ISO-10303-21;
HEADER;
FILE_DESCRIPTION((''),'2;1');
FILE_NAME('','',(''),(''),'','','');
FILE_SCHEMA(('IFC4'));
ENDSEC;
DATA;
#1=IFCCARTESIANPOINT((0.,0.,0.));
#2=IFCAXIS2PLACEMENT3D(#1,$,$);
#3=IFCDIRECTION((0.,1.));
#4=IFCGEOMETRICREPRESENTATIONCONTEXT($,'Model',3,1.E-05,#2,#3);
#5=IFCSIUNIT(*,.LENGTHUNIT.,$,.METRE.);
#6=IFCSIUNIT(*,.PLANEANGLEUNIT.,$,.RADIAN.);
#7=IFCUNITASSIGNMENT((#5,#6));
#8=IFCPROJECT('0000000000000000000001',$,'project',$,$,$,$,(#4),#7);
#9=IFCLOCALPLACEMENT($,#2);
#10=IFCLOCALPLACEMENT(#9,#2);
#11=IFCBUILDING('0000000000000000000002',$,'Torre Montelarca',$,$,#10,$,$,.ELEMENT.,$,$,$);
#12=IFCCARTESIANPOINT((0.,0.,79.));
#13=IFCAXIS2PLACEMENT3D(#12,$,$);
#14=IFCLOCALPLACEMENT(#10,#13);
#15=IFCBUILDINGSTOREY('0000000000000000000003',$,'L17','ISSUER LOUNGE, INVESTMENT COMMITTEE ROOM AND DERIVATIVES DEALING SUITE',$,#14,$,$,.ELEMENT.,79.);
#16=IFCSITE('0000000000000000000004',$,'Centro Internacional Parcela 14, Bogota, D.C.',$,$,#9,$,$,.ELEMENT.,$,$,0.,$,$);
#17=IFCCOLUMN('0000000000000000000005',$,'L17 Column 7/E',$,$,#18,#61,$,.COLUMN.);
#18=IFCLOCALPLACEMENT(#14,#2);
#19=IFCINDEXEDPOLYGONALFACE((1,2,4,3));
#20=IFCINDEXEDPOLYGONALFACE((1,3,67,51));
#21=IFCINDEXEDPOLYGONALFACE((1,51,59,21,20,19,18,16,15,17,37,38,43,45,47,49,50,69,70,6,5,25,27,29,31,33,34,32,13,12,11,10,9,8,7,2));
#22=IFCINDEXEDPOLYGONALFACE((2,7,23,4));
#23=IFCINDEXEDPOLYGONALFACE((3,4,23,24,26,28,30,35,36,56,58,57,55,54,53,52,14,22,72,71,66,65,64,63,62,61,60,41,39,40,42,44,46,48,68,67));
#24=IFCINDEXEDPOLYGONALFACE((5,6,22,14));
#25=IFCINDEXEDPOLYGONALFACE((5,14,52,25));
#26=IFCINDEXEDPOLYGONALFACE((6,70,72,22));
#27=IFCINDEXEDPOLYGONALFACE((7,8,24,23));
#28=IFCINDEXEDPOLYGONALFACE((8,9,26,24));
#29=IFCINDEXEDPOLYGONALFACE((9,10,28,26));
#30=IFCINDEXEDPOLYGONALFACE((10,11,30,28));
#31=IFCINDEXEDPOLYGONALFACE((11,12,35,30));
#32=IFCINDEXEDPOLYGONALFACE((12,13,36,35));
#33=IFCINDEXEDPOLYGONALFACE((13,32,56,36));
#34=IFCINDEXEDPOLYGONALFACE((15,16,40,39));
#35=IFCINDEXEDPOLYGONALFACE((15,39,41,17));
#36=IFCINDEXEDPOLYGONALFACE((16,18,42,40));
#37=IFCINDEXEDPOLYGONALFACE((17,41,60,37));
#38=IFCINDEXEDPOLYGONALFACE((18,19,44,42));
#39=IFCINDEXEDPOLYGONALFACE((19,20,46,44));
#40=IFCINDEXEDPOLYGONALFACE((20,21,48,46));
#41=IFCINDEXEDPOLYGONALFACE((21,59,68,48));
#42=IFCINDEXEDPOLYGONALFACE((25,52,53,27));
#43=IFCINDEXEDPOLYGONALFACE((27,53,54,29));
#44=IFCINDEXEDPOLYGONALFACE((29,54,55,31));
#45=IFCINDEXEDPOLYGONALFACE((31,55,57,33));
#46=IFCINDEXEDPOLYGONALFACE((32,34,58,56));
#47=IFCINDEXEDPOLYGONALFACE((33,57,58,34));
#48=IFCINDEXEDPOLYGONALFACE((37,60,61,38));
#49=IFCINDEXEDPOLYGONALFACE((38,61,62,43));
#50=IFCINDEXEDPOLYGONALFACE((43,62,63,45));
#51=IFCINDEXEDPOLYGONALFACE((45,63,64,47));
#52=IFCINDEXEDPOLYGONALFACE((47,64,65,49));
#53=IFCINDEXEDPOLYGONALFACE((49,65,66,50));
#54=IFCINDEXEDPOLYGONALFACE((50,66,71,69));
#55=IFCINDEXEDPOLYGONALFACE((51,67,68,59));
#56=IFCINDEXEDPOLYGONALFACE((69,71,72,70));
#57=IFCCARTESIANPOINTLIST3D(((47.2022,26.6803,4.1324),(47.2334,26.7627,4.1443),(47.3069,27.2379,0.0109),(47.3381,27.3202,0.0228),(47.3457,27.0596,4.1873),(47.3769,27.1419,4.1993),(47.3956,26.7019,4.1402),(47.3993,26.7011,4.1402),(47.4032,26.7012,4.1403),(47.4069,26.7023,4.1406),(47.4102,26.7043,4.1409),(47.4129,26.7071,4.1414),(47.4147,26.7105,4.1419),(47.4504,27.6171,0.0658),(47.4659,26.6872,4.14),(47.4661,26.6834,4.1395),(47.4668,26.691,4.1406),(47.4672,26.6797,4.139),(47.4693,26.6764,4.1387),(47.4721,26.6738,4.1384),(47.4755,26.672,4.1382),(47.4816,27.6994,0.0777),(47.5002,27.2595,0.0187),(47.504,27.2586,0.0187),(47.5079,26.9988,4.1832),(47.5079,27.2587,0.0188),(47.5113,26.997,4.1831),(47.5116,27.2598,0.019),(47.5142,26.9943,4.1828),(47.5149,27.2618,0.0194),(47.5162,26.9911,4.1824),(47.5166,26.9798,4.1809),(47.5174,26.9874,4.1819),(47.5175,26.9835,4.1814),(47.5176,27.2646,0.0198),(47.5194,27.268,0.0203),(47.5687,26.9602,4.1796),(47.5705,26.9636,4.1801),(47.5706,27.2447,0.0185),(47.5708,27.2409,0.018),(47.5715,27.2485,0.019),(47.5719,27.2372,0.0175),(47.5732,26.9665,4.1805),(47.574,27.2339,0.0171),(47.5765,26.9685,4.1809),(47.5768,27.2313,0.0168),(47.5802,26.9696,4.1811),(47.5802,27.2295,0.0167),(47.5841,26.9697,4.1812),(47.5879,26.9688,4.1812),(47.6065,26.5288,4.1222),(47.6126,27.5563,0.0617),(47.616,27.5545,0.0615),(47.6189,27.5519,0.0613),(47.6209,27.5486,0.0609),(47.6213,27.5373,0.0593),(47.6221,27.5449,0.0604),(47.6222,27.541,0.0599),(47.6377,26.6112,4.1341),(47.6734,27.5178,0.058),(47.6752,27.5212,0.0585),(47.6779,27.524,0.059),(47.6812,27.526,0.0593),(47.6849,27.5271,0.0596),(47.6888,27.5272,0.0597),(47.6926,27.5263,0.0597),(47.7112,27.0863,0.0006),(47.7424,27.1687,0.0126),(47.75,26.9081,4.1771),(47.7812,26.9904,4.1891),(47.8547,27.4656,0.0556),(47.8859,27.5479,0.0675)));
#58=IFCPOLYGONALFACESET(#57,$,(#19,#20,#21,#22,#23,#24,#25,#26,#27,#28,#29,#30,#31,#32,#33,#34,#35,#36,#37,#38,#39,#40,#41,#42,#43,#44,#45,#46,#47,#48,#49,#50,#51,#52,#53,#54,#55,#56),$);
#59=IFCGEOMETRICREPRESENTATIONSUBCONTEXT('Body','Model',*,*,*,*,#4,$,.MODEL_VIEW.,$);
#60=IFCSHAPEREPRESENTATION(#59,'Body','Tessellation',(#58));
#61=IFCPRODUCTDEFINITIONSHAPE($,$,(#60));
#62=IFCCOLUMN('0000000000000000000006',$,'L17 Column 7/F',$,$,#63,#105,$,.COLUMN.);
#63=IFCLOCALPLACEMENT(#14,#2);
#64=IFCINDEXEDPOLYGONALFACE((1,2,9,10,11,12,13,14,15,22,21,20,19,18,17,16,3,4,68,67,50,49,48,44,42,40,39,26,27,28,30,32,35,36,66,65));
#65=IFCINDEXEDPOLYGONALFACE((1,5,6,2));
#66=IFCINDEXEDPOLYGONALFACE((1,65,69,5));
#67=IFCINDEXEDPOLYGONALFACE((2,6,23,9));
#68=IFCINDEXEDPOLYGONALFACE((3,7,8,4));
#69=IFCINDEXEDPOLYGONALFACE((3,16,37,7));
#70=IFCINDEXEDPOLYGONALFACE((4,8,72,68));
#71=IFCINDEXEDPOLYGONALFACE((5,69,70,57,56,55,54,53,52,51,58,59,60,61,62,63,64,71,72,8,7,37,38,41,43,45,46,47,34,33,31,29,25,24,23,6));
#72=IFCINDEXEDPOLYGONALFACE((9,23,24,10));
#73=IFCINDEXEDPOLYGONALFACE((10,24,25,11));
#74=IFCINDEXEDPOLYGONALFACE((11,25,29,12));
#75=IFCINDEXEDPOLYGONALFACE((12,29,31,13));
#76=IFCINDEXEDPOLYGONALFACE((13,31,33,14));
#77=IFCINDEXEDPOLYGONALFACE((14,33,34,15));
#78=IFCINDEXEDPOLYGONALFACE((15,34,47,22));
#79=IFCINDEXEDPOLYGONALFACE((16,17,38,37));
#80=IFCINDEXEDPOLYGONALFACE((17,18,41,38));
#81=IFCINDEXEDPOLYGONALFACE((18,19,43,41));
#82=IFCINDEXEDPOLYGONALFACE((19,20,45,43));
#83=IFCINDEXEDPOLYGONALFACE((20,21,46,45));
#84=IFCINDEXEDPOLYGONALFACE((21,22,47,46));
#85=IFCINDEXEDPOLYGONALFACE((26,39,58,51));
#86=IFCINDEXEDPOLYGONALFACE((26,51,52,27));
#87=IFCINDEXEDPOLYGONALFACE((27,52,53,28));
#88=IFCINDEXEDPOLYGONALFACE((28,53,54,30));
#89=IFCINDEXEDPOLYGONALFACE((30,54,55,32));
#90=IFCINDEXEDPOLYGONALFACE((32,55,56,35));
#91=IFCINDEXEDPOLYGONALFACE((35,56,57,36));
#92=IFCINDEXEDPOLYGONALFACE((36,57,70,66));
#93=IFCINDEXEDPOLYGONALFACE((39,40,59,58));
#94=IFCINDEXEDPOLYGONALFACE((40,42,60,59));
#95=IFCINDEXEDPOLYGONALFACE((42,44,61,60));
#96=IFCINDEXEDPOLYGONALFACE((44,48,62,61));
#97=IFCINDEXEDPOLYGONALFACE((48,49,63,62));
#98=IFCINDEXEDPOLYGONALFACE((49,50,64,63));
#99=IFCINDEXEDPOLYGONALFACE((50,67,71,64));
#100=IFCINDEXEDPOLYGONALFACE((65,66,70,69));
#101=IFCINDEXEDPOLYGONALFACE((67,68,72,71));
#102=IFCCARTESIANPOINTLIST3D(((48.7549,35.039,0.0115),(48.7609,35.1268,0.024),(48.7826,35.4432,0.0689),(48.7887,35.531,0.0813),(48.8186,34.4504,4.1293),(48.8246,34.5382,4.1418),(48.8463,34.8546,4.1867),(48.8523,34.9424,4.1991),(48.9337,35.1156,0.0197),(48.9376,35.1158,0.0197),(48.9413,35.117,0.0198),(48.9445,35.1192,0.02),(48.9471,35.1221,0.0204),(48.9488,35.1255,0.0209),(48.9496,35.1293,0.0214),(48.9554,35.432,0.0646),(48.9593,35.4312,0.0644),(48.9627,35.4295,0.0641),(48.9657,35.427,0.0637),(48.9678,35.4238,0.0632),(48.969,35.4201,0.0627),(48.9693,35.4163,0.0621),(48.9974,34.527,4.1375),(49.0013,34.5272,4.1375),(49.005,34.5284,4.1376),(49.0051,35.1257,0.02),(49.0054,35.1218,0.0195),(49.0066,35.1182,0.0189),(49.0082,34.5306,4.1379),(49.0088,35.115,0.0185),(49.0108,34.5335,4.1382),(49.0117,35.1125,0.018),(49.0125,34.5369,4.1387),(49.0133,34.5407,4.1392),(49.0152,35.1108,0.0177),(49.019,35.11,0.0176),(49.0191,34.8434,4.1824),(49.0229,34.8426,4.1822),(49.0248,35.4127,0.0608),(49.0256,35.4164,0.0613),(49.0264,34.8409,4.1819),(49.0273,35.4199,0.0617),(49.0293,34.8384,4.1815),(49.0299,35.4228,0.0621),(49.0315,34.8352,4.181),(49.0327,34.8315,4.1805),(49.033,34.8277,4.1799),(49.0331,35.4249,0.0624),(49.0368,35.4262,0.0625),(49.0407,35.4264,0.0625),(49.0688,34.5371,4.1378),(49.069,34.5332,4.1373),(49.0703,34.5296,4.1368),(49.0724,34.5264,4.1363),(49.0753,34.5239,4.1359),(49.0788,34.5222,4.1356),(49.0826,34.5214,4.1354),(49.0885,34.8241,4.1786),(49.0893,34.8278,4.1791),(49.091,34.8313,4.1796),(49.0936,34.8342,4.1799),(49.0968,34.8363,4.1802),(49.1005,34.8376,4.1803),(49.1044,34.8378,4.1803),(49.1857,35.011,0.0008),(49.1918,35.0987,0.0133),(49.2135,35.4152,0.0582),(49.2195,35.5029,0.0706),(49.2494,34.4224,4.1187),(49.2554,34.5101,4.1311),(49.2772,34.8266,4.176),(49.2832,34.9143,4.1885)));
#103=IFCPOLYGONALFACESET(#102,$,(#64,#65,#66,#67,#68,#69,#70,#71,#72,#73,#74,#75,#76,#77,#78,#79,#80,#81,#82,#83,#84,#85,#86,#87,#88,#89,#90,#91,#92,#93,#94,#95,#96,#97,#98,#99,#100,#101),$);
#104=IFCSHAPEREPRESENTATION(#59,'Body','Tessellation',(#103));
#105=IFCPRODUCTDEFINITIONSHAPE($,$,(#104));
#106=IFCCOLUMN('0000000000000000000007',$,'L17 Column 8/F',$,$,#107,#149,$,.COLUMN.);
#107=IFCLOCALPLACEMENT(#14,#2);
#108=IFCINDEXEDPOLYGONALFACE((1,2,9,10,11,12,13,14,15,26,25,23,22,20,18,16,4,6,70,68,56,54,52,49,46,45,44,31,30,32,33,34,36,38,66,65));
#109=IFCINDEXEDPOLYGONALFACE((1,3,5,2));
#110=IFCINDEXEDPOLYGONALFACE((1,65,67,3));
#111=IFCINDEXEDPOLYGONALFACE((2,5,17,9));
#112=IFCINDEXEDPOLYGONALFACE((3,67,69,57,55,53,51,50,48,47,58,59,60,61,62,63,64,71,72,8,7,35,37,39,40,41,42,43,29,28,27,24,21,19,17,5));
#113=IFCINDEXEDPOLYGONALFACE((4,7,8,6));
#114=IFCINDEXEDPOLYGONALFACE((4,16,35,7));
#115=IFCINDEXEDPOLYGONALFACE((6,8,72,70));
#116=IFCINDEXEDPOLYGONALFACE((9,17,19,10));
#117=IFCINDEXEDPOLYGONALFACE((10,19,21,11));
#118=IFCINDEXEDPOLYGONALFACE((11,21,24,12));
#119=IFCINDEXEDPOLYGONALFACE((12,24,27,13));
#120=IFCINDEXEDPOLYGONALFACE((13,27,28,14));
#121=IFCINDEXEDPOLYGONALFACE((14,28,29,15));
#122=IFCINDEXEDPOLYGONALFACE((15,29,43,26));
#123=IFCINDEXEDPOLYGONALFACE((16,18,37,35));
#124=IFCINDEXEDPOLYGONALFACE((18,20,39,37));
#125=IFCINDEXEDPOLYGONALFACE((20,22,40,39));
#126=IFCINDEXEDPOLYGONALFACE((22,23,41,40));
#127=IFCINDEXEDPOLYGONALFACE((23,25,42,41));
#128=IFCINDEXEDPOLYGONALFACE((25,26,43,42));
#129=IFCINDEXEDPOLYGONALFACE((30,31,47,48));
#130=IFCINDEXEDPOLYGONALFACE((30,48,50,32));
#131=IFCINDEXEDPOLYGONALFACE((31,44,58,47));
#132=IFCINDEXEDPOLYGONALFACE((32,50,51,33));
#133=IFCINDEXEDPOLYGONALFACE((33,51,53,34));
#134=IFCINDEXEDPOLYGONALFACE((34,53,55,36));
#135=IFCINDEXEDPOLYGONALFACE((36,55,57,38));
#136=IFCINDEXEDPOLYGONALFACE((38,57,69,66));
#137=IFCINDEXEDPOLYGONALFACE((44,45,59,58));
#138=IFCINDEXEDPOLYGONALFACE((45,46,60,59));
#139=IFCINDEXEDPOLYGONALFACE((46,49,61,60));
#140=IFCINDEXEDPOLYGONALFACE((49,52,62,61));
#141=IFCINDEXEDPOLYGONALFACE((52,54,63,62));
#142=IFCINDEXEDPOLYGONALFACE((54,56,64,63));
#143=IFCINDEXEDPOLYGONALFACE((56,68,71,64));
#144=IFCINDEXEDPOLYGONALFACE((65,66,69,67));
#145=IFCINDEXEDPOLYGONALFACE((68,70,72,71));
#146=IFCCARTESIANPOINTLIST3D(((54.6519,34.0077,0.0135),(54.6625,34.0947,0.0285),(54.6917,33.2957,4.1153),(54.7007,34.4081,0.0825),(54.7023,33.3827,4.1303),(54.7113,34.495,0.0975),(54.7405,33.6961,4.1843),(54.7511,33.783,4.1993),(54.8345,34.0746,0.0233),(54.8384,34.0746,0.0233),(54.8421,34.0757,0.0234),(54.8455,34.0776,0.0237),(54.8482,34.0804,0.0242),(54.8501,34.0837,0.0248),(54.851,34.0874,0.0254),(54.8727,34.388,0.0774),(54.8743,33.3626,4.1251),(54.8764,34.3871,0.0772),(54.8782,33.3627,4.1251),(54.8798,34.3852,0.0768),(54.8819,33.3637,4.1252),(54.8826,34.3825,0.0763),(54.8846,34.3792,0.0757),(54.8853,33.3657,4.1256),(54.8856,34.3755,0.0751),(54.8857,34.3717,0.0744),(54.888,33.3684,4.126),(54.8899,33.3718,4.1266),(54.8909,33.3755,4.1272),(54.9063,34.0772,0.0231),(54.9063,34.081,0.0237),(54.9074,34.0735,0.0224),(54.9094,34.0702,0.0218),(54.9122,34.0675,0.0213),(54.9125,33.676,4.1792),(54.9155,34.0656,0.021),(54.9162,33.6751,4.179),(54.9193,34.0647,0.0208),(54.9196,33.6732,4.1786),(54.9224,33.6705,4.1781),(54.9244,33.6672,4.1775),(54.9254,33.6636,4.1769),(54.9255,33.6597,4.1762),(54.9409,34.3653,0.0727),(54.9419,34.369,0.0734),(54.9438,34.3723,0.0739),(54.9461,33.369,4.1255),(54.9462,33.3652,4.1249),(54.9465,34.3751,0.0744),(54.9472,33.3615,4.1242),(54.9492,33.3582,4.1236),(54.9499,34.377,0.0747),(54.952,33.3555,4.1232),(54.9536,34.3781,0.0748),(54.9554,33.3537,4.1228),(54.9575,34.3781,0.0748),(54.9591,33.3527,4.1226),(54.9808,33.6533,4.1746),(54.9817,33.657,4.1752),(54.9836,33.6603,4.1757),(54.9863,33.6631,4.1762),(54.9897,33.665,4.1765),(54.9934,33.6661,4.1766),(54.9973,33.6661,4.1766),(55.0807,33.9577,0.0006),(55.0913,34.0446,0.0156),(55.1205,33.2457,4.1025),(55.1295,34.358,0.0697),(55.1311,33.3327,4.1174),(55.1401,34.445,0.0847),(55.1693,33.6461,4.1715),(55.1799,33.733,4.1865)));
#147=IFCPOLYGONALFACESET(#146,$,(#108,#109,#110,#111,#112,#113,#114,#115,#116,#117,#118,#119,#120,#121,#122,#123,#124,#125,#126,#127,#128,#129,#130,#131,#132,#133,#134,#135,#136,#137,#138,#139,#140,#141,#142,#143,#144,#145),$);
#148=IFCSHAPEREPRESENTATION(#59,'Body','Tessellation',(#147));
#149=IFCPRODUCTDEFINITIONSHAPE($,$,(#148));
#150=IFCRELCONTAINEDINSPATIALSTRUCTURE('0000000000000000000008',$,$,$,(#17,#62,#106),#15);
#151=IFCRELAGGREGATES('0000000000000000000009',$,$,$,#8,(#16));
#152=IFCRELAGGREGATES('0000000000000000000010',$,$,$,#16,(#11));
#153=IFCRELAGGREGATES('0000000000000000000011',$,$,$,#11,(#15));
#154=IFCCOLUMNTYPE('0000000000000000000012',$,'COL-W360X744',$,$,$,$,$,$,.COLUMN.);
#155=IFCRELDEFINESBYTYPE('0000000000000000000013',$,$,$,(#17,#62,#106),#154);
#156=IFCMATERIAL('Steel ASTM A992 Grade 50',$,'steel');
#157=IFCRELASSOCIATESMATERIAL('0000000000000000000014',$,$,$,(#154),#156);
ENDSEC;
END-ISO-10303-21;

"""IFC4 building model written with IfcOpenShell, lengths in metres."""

from ifc_helpers import new_model, si_unit, direction, frame, origin, origin_2d, place, context, subcontext, project, spatial, i_section, extrude, clip, halfspace, material, material_profile, profile_set, type_object, element, save


model = new_model("IFC4")

# Units and contexts
model_context = context("Model", 3, precision=1e-05, world=origin(), true_north=direction((0.0, 1.0)))
body_context = subcontext(model_context, "Body", "Model", "MODEL_VIEW")
ifc_project = project(units=[si_unit("LENGTHUNIT", "METRE"), si_unit("PLANEANGLEUNIT", "RADIAN")], contexts=[model_context])

# Site, building, storey
site_placement = place(None, origin())
site = spatial("IfcSite", under=ifc_project, at=site_placement, Name="Centro Internacional Parcela 14, Bogota, D.C.", CompositionType="ELEMENT", RefElevation=0.0)
building_placement = place(site_placement, origin())
building = spatial("IfcBuilding", under=site, at=building_placement, Name="Torre Montelarca", CompositionType="ELEMENT")
storey_placement = place(building_placement, frame((0.0, 0.0, 79.0)))
storey = spatial("IfcBuildingStorey", under=building, at=storey_placement, Name="L17", Description="ISSUER LOUNGE, INVESTMENT COMMITTEE ROOM AND DERIVATIVES DEALING SUITE", CompositionType="ELEMENT", Elevation=79.0)

# Columns
ifc_material_1 = material(Name="Steel ASTM A992 Grade 50", Category="steel")
ifc_material_profile_1 = material_profile(ifc_material_1, i_section(OverallWidth=0.4319, OverallDepth=0.498, WebThickness=0.0557, FlangeThickness=0.0889, FilletRadius=0.0149, at=origin_2d()), Name="W360X744", Category="steel")
ifc_profile_set_1 = profile_set([ifc_material_profile_1], Name="Steel ASTM A992 Grade 50")
column_type_1 = type_object("IfcColumnType", Name="COL-W360X744", PredefinedType="COLUMN", material=ifc_profile_set_1)
column_1_placement = place(storey_placement, frame((47.5974, 27.3982, 0.0), z_axis=(-0.025165, -0.134004, 0.990661), x_axis=(-0.936138, 0.350836, 0.023676)))
element("IfcColumn", 1, at=column_1_placement, inside=storey, type_object=column_type_1, Name="L17 Column 7/E", PredefinedType="COLUMN", context=body_context, shape_type="Clipping", body=[
    clip(clip(extrude(i_section(OverallWidth=0.4319, OverallDepth=0.498, WebThickness=0.0557, FlangeThickness=0.0889, FilletRadius=0.0149, at=origin_2d()), origin(), (0.0, 0.0, 1.0), 4.2395), halfspace(frame((0.0, 0.0, 0.0396), z_axis=(0.0, 0.0, -1.0), x_axis=(1.0, 0.0, 0.0)), False)), halfspace(frame((0.0, 0.0, 4.2), z_axis=(0.0, 0.0, 1.0), x_axis=(1.0, 0.0, 0.0)), False)),
])
column_2_placement = place(storey_placement, frame((48.9866, 35.2769, 0.0), z_axis=(0.015305, -0.141485, 0.989822), x_axis=(-0.997581, 0.064971, 0.024712)))
element("IfcColumn", 2, at=column_2_placement, inside=storey, type_object=column_type_1, Name="L17 Column 7/F", PredefinedType="COLUMN", context=body_context, shape_type="Clipping", body=[
    clip(clip(extrude(i_section(OverallWidth=0.4319, OverallDepth=0.498, WebThickness=0.0557, FlangeThickness=0.0889, FilletRadius=0.0149, at=origin_2d()), origin(), (0.0, 0.0, 1.0), 4.2432), halfspace(frame((0.0, 0.0, 0.0415), z_axis=(0.0, 0.0, -1.0), x_axis=(1.0, 0.0, 0.0)), False)), halfspace(frame((0.0, 0.0, 4.2017), z_axis=(0.0, 0.0, 1.0), x_axis=(1.0, 0.0, 0.0)), False)),
])
column_3_placement = place(storey_placement, frame((54.8955, 34.2349, 0.0), z_axis=(0.009564, -0.171009, 0.985223), x_axis=(-0.992824, 0.115823, 0.029742)))
element("IfcColumn", 3, at=column_3_placement, inside=storey, type_object=column_type_1, Name="L17 Column 8/F", PredefinedType="COLUMN", context=body_context, shape_type="Clipping", body=[
    clip(clip(extrude(i_section(OverallWidth=0.4319, OverallDepth=0.498, WebThickness=0.0557, FlangeThickness=0.0889, FilletRadius=0.0149, at=origin_2d()), origin(), (0.0, 0.0, 1.0), 4.2629), halfspace(frame((0.0, 0.0, 0.0498), z_axis=(0.0, 0.0, -1.0), x_axis=(1.0, 0.0, 0.0)), False)), halfspace(frame((0.0, 0.0, 4.2131), z_axis=(0.0, 0.0, 1.0), x_axis=(1.0, 0.0, 0.0)), False)),
])

save(model, "model.ifc")
